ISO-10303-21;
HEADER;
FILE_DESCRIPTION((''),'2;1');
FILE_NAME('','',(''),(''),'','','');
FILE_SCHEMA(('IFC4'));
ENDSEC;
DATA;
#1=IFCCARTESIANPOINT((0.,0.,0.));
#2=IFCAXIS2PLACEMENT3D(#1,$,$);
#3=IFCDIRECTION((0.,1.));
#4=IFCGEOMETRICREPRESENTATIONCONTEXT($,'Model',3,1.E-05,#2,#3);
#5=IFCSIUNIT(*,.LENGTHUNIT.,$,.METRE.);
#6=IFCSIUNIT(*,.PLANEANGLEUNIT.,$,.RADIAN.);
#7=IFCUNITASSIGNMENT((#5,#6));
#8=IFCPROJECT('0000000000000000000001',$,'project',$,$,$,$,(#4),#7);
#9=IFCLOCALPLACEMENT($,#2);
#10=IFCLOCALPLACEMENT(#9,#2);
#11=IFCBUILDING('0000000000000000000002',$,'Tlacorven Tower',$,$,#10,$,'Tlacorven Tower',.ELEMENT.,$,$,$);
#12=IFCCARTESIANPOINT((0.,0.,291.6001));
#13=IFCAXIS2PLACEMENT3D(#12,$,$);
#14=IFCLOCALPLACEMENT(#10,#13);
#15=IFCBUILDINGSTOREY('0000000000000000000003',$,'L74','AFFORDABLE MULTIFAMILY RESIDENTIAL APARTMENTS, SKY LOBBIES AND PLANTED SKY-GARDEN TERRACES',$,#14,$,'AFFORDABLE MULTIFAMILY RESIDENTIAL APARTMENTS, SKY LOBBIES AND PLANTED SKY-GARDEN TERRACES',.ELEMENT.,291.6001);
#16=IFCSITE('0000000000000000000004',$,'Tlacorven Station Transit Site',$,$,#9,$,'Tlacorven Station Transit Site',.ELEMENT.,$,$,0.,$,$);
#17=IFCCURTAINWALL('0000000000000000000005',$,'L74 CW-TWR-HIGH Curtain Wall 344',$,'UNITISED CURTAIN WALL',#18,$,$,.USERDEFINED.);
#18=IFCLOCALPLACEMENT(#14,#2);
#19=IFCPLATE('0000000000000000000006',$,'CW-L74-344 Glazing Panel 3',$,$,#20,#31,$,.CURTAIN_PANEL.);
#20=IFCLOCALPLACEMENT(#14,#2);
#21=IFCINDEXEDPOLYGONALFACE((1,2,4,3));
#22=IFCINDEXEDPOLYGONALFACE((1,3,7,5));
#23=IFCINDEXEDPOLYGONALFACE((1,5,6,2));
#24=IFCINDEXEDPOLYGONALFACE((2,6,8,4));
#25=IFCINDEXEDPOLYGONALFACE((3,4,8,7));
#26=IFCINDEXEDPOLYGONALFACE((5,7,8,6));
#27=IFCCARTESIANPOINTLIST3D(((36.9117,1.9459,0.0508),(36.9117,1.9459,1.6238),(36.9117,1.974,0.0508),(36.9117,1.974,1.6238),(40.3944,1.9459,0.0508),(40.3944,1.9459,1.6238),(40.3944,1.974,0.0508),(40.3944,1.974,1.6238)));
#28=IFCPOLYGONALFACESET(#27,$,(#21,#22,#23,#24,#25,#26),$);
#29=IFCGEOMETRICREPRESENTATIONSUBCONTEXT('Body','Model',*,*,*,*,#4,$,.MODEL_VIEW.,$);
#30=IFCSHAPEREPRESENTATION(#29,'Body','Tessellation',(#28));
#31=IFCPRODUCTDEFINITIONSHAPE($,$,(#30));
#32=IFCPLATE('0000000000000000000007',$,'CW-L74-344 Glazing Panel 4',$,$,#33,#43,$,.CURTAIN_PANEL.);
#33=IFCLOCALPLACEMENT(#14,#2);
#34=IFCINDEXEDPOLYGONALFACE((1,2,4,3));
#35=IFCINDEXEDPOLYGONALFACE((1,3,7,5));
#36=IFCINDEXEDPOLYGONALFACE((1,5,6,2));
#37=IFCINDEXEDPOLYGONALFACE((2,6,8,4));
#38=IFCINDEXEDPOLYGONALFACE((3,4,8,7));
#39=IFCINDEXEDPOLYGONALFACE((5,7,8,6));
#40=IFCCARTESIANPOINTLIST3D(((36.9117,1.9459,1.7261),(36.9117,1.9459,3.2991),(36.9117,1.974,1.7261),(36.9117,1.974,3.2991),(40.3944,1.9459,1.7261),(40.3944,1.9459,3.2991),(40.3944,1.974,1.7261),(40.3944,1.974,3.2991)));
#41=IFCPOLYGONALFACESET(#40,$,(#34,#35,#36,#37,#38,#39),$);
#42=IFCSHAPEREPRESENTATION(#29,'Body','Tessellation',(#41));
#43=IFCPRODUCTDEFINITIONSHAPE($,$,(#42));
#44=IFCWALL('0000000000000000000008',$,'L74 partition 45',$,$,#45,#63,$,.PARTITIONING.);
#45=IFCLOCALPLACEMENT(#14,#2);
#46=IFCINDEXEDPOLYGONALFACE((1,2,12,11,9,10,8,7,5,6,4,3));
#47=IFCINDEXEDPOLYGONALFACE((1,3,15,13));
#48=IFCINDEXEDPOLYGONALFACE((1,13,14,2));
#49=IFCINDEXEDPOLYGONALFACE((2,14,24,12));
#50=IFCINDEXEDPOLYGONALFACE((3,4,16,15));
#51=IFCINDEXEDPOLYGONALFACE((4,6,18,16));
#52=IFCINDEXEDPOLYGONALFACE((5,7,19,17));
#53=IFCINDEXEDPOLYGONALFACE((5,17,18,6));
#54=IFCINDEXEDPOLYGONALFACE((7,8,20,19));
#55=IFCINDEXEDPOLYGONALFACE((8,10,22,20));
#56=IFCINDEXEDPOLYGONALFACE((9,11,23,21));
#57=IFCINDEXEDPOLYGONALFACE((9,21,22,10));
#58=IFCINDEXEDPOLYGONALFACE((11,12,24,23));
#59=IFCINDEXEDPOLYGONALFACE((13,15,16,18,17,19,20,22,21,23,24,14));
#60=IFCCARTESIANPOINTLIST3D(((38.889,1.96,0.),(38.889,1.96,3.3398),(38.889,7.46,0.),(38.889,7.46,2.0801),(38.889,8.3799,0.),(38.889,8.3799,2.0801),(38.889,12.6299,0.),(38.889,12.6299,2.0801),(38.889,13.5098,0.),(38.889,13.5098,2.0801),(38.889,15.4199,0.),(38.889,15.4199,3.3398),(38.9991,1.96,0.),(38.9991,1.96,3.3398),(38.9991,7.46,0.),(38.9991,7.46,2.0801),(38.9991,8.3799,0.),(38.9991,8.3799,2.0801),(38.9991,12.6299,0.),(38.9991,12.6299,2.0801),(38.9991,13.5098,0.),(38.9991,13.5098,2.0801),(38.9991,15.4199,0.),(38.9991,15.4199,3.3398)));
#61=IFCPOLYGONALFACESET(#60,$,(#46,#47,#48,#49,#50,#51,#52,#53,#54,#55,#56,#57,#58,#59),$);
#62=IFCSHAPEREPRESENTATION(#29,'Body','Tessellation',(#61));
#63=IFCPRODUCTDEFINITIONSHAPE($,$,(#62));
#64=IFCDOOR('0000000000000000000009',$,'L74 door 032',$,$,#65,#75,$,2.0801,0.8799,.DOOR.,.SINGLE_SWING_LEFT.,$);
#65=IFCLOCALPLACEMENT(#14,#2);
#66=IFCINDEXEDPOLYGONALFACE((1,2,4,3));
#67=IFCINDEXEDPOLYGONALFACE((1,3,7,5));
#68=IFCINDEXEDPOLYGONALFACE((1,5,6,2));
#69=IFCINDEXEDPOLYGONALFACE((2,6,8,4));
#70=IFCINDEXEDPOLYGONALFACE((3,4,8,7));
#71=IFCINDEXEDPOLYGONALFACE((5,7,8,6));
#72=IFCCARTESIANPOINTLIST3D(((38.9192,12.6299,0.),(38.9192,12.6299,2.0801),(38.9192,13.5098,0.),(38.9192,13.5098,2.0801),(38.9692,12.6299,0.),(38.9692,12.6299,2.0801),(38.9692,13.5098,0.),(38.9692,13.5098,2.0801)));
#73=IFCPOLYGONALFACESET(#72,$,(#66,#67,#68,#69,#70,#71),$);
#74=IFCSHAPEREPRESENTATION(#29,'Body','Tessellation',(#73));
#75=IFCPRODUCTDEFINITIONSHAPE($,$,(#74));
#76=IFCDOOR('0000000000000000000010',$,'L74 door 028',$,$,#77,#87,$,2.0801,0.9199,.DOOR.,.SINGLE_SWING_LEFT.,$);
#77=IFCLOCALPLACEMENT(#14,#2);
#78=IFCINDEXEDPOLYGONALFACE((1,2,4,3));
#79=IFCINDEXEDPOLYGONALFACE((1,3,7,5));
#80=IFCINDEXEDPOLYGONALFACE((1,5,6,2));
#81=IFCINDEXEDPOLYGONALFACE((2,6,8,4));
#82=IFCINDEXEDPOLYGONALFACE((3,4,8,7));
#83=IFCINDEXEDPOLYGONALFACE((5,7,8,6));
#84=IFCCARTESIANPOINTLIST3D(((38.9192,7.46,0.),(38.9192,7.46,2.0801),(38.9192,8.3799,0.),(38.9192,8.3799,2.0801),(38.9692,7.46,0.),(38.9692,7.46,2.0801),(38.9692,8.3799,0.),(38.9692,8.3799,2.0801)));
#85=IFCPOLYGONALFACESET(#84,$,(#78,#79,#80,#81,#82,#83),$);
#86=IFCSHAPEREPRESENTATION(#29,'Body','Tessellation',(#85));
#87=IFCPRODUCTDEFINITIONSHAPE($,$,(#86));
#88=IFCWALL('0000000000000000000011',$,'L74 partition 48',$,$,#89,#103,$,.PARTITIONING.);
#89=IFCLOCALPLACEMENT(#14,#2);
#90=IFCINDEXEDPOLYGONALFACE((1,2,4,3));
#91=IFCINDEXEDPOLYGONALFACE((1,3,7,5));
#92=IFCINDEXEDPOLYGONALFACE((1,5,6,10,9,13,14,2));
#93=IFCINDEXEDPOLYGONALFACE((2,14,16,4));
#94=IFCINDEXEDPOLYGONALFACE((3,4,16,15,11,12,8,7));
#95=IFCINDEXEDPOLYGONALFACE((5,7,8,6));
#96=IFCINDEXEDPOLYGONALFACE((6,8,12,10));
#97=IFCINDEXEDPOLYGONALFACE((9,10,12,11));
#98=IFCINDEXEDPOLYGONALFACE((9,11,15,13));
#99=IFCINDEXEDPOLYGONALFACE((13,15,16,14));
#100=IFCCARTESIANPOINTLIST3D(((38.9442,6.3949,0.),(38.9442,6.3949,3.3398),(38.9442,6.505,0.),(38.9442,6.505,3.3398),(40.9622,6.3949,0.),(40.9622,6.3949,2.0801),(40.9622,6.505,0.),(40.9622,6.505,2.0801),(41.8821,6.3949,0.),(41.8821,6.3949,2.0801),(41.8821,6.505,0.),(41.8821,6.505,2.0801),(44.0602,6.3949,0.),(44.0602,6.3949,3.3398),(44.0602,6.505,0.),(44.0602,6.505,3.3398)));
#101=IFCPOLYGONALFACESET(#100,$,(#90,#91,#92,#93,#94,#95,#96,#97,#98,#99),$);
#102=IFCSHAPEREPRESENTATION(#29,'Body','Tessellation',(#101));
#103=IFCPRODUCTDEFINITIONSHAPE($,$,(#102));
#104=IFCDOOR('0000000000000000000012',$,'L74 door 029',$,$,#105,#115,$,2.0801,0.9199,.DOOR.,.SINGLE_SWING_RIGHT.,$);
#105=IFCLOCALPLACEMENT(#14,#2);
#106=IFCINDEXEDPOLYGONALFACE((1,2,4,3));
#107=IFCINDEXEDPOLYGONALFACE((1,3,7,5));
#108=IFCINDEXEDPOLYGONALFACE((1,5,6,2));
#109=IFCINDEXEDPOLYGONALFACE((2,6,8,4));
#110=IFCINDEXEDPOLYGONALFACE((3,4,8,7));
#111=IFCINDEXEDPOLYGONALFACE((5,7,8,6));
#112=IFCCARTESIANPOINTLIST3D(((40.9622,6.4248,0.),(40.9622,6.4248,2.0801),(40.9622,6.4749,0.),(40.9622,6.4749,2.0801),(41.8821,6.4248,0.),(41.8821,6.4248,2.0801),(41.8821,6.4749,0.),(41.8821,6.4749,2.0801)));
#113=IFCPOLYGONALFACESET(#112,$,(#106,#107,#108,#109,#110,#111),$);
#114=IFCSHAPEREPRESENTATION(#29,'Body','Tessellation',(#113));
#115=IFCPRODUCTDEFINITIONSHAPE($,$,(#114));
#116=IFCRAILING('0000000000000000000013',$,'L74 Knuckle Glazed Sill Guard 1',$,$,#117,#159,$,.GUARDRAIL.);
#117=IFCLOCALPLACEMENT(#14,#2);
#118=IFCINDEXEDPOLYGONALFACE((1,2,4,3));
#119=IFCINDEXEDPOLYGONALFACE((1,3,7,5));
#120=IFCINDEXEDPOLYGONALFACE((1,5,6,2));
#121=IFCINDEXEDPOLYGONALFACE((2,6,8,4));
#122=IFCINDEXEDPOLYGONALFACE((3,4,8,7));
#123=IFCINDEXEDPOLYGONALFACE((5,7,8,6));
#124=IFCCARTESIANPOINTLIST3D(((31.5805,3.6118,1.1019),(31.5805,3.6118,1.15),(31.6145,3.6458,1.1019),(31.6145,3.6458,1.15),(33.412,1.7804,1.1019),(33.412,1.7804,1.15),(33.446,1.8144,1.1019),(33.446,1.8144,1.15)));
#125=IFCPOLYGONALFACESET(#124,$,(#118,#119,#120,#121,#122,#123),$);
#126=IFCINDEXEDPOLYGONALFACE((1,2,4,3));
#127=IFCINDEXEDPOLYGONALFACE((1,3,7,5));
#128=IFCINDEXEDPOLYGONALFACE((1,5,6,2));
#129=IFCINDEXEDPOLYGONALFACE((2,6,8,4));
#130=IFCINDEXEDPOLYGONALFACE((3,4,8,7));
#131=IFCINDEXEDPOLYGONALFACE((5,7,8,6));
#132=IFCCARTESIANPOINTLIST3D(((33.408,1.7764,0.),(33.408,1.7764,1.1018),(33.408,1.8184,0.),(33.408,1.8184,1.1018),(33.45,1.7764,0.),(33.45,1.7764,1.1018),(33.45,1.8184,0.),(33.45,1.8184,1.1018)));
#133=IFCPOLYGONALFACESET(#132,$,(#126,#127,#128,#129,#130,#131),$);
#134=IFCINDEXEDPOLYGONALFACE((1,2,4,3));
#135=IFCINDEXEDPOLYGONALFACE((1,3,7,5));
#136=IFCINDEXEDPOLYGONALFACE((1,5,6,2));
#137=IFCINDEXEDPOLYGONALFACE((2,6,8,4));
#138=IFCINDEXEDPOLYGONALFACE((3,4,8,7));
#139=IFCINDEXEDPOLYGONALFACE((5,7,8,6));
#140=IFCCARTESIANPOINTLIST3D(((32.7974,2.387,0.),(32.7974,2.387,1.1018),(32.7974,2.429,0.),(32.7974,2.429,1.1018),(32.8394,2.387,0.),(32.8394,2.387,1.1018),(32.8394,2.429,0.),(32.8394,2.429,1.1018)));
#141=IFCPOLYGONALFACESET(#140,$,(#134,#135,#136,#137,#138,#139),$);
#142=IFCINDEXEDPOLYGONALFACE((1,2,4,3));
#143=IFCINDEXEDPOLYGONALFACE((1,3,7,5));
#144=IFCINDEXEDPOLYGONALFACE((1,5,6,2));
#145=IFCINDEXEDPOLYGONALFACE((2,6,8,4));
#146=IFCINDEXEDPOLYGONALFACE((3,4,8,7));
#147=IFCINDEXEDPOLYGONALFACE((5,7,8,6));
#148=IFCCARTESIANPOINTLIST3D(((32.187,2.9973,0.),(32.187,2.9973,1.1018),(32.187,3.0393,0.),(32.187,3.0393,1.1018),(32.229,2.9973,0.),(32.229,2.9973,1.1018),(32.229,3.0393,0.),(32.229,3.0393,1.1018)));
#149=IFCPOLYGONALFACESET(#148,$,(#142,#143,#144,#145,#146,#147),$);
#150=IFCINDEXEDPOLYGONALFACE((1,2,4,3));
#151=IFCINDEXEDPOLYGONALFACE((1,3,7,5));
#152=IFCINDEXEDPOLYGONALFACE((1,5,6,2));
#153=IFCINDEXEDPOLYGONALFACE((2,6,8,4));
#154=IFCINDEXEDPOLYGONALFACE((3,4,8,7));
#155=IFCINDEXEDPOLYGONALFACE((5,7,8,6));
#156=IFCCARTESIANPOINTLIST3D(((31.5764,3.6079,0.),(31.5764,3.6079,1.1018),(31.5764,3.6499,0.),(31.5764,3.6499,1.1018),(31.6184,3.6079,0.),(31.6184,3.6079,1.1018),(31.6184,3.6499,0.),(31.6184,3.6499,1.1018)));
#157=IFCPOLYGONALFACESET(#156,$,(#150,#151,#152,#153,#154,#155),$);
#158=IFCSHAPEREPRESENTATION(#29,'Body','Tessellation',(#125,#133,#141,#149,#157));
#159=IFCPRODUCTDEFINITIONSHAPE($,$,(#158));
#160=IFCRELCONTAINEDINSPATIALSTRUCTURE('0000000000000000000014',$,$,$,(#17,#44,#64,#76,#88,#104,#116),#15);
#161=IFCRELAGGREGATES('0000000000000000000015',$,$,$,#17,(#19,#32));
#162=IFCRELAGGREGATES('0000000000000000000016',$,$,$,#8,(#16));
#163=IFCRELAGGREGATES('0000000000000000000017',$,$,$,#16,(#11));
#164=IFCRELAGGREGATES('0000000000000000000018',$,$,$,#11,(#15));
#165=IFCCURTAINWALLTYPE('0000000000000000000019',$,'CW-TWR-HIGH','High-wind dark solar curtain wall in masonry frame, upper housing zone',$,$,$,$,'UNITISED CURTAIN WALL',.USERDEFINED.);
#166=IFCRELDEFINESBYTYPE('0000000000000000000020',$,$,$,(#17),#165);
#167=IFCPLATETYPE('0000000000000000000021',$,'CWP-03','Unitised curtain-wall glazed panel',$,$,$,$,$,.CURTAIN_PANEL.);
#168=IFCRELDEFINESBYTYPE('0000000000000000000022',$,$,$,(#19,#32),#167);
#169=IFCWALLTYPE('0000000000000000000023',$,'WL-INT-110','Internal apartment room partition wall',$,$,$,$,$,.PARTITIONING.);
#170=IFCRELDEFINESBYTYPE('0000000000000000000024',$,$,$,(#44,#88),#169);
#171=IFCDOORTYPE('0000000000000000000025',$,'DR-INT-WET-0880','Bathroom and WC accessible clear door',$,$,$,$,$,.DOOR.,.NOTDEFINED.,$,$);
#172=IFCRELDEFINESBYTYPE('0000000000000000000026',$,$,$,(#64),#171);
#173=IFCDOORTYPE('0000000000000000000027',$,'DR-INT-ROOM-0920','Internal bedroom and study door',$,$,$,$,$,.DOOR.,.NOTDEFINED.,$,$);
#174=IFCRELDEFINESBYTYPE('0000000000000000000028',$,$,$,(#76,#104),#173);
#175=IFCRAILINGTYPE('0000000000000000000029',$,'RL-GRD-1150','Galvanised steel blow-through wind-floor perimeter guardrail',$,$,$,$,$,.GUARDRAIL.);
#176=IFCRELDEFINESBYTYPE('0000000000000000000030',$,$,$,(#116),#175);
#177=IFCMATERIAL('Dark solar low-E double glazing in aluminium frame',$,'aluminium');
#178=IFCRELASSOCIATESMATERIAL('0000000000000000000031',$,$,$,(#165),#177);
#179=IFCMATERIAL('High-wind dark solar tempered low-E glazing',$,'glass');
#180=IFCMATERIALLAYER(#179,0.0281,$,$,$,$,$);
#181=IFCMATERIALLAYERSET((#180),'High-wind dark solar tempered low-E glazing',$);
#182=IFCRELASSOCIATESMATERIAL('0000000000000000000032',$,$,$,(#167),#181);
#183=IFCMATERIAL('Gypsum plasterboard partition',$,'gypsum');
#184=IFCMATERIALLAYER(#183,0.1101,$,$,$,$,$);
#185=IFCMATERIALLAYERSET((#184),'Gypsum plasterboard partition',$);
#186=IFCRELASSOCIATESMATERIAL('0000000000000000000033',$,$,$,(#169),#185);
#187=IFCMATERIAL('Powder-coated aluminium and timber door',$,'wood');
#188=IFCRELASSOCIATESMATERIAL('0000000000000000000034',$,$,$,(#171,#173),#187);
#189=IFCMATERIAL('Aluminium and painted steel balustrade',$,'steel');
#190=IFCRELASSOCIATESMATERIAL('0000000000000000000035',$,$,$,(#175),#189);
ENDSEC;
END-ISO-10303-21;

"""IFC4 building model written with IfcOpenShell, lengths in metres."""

from ifc_helpers import new_model, si_unit, direction, frame, frame_2d, origin, origin_2d, place, context, subcontext, project, spatial, rectangle, extrude, source, transform, mapped, material, layer, layer_set, type_object, element, fill, aggregate, save


model = new_model("IFC4")

# Units and contexts
model_context = context("Model", 3, precision=1e-05, world=origin(), true_north=direction((0.0, 1.0)))
body_context = subcontext(model_context, "Body", "Model", "MODEL_VIEW")
ifc_project = project(units=[si_unit("LENGTHUNIT", "METRE"), si_unit("PLANEANGLEUNIT", "RADIAN")], contexts=[model_context])

# Site, building, storey
site_placement = place(None, origin())
site = spatial("IfcSite", under=ifc_project, at=site_placement, Name="Tlacorven Station Transit Site", LongName="Tlacorven Station Transit Site", CompositionType="ELEMENT", RefElevation=0.0)
building_placement = place(site_placement, origin())
building = spatial("IfcBuilding", under=site, at=building_placement, Name="Tlacorven Tower", LongName="Tlacorven Tower", CompositionType="ELEMENT")
storey_placement = place(building_placement, frame((0.0, 0.0, 291.6001)))
storey = spatial("IfcBuildingStorey", under=building, at=storey_placement, Name="L74", Description="AFFORDABLE MULTIFAMILY RESIDENTIAL APARTMENTS, SKY LOBBIES AND PLANTED SKY-GARDEN TERRACES", LongName="AFFORDABLE MULTIFAMILY RESIDENTIAL APARTMENTS, SKY LOBBIES AND PLANTED SKY-GARDEN TERRACES", CompositionType="ELEMENT", Elevation=291.6001)

# Curtain wall
ifc_material_1 = material(Name="Dark solar low-E double glazing in aluminium frame", Category="aluminium")
curtain_wall_type = type_object("IfcCurtainWallType", Name="CW-TWR-HIGH", Description="High-wind dark solar curtain wall in masonry frame, upper housing zone", ElementType="UNITISED CURTAIN WALL", PredefinedType="USERDEFINED", material=ifc_material_1)
curtain_wall_1_placement = place(storey_placement, origin())
curtain_wall_1 = element("IfcCurtainWall", 1, at=curtain_wall_1_placement, inside=storey, type_object=curtain_wall_type, Name="L74 CW-TWR-HIGH Curtain Wall 344", ObjectType="UNITISED CURTAIN WALL", PredefinedType="USERDEFINED")

# Plates
ifc_material_2 = material(Name="High-wind dark solar tempered low-E glazing", Category="glass")
ifc_layer_1 = layer(ifc_material_2, 0.0281)
ifc_layer_set_1 = layer_set([ifc_layer_1], Name="High-wind dark solar tempered low-E glazing")
plate_type = type_object("IfcPlateType", Name="CWP-03", Description="Unitised curtain-wall glazed panel", PredefinedType="CURTAIN_PANEL", material=ifc_layer_set_1)
shared_shape_1 = source(origin(), body_context, "Body", "SweptSolid", [
    extrude(rectangle(XDim=3.4827, YDim=0.0281, at=origin_2d()), origin(), (0.0, 0.0, 1.0), 1.573),
])
plate_1_placement = place(storey_placement, frame((38.6531, 1.96, 0.0508), z_axis=(0.0, 0.0, 1.0), x_axis=(-1.0, 0.0, 0.0)))
plate_1 = element("IfcPlate", 2, at=plate_1_placement, type_object=plate_type, Name="CW-L74-344 Glazing Panel 3", PredefinedType="CURTAIN_PANEL", context=body_context, shape_type="MappedRepresentation", body=[
    mapped(shared_shape_1, transform((0.0, 0.0, 0.0), scale=1.0)),
])
plate_2_placement = place(storey_placement, frame((38.6531, 1.96, 1.7261), z_axis=(0.0, 0.0, 1.0), x_axis=(-1.0, 0.0, 0.0)))
plate_2 = element("IfcPlate", 3, at=plate_2_placement, type_object=plate_type, Name="CW-L74-344 Glazing Panel 4", PredefinedType="CURTAIN_PANEL", context=body_context, shape_type="MappedRepresentation", body=[
    mapped(shared_shape_1, transform((0.0, 0.0, 0.0), scale=1.0)),
])
aggregate(curtain_wall_1, [plate_1, plate_2])

# Wall, openings, doors
ifc_material_3 = material(Name="Gypsum plasterboard partition", Category="gypsum")
ifc_layer_2 = layer(ifc_material_3, 0.1101)
ifc_layer_set_2 = layer_set([ifc_layer_2], Name="Gypsum plasterboard partition")
wall_type = type_object("IfcWallType", Name="WL-INT-110", Description="Internal apartment room partition wall", PredefinedType="PARTITIONING", material=ifc_layer_set_2)
wall_1_placement = place(storey_placement, frame((38.9441, 1.96, 0.0), z_axis=(0.0, 0.0, 1.0), x_axis=(0.0, 1.0, 0.0)))
wall_1 = element("IfcWall", 4, at=wall_1_placement, inside=storey, type_object=wall_type, Name="L74 partition 45", PredefinedType="PARTITIONING", context=body_context, shape_type="SweptSolid", body=[
    extrude(rectangle(XDim=13.46, YDim=0.1101, at=frame_2d((6.73, 0.0))), origin(), (0.0, 0.0, 1.0), 3.3398),
])
opening_1_placement = place(wall_1_placement, frame((5.5, 0.0, 0.0)))
opening_1 = element("IfcOpeningElement", 5, at=opening_1_placement, cuts=wall_1, PredefinedType="OPENING", context=body_context, shape_type="SweptSolid", body=[
    extrude(rectangle(XDim=0.9199, YDim=2.0801, at=frame_2d((0.46, 1.04))), frame((0.0, 0.0649, 0.0), z_axis=(0.0, -1.0, 0.0), x_axis=(1.0, 0.0, 0.0)), (0.0, 0.0, 1.0), 0.1301),
])
opening_2_placement = place(wall_1_placement, frame((10.6699, 0.0, 0.0)))
opening_2 = element("IfcOpeningElement", 6, at=opening_2_placement, cuts=wall_1, PredefinedType="OPENING", context=body_context, shape_type="SweptSolid", body=[
    extrude(rectangle(XDim=0.8799, YDim=2.0801, at=frame_2d((0.4399, 1.04))), frame((0.0, 0.0649, 0.0), z_axis=(0.0, -1.0, 0.0), x_axis=(1.0, 0.0, 0.0)), (0.0, 0.0, 1.0), 0.1301),
])
ifc_material_4 = material(Name="Powder-coated aluminium and timber door", Category="wood")
door_type_1 = type_object("IfcDoorType", Name="DR-INT-WET-0880", Description="Bathroom and WC accessible clear door", OperationType="NOTDEFINED", PredefinedType="DOOR", material=ifc_material_4)
shared_shape_2 = source(origin(), body_context, "Body", "SweptSolid", [
    extrude(rectangle(XDim=0.8799, YDim=2.0801, at=frame_2d((0.4399, 1.04))), frame((0.0, 0.0249, 0.0), z_axis=(0.0, -1.0, 0.0), x_axis=(1.0, 0.0, 0.0)), (0.0, 0.0, 1.0), 0.05),
])
door_1_placement = place(opening_2_placement, origin())
door_1 = element("IfcDoor", 7, at=door_1_placement, inside=storey, type_object=door_type_1, Name="L74 door 032", OperationType="SINGLE_SWING_LEFT", OverallHeight=2.0801, OverallWidth=0.8799, PredefinedType="DOOR", context=body_context, shape_type="MappedRepresentation", body=[
    mapped(shared_shape_2, transform((0.0, 0.0, 0.0), scale=1.0)),
])
fill(opening_2, door_1)
door_type_2 = type_object("IfcDoorType", Name="DR-INT-ROOM-0920", Description="Internal bedroom and study door", OperationType="NOTDEFINED", PredefinedType="DOOR", material=ifc_material_4)
shared_shape_3 = source(origin(), body_context, "Body", "SweptSolid", [
    extrude(rectangle(XDim=0.9199, YDim=2.0801, at=frame_2d((0.46, 1.04))), frame((0.0, 0.0249, 0.0), z_axis=(0.0, -1.0, 0.0), x_axis=(1.0, 0.0, 0.0)), (0.0, 0.0, 1.0), 0.05),
])
door_2_placement = place(opening_1_placement, origin())
door_2 = element("IfcDoor", 8, at=door_2_placement, inside=storey, type_object=door_type_2, Name="L74 door 028", OperationType="SINGLE_SWING_LEFT", OverallHeight=2.0801, OverallWidth=0.9199, PredefinedType="DOOR", context=body_context, shape_type="MappedRepresentation", body=[
    mapped(shared_shape_3, transform((0.0, 0.0, 0.0), scale=1.0)),
])
fill(opening_1, door_2)

# Wall, opening, door
wall_2_placement = place(storey_placement, frame((38.9441, 6.45, 0.0), z_axis=(0.0, 0.0, 1.0), x_axis=(1.0, 0.0, 0.0)))
wall_2 = element("IfcWall", 9, at=wall_2_placement, inside=storey, type_object=wall_type, Name="L74 partition 48", PredefinedType="PARTITIONING", context=body_context, shape_type="SweptSolid", body=[
    extrude(rectangle(XDim=5.116, YDim=0.1101, at=frame_2d((2.5581, 0.0))), origin(), (0.0, 0.0, 1.0), 3.3398),
])
opening_3_placement = place(wall_2_placement, frame((2.0181, 0.0, 0.0)))
opening_3 = element("IfcOpeningElement", 10, at=opening_3_placement, cuts=wall_2, PredefinedType="OPENING", context=body_context, shape_type="SweptSolid", body=[
    extrude(rectangle(XDim=0.9199, YDim=2.0801, at=frame_2d((0.46, 1.04))), frame((0.0, 0.0649, 0.0), z_axis=(0.0, -1.0, 0.0), x_axis=(1.0, 0.0, 0.0)), (0.0, 0.0, 1.0), 0.1301),
])
door_3_placement = place(opening_3_placement, origin())
door_3 = element("IfcDoor", 11, at=door_3_placement, inside=storey, type_object=door_type_2, Name="L74 door 029", OperationType="SINGLE_SWING_RIGHT", OverallHeight=2.0801, OverallWidth=0.9199, PredefinedType="DOOR", context=body_context, shape_type="MappedRepresentation", body=[
    mapped(shared_shape_3, transform((0.0, 0.0, 0.0), scale=1.0)),
])
fill(opening_3, door_3)

# Railing
ifc_material_5 = material(Name="Aluminium and painted steel balustrade", Category="steel")
railing_type = type_object("IfcRailingType", Name="RL-GRD-1150", Description="Galvanised steel blow-through wind-floor perimeter guardrail", PredefinedType="GUARDRAIL", material=ifc_material_5)
shared_shape_4 = source(origin(), body_context, "Body", "SweptSolid", [
    extrude(rectangle(XDim=0.0481, YDim=0.0481, at=origin_2d()), frame((0.0, 0.0, 1.126), z_axis=(-0.707107, 0.707107, 0.0), x_axis=(-0.707107, -0.707107, 0.0)), (0.0, 0.0, 1.0), 2.5901),
    extrude(rectangle(XDim=0.042, YDim=0.042, at=origin_2d()), origin(), (0.0, 0.0, 1.0), 1.1018),
    extrude(rectangle(XDim=0.042, YDim=0.042, at=origin_2d()), frame((-0.6106, 0.6106, 0.0)), (0.0, 0.0, 1.0), 1.1018),
    extrude(rectangle(XDim=0.042, YDim=0.042, at=origin_2d()), frame((-1.2209, 1.2209, 0.0)), (0.0, 0.0, 1.0), 1.1018),
    extrude(rectangle(XDim=0.042, YDim=0.042, at=origin_2d()), frame((-1.8315, 1.8315, 0.0)), (0.0, 0.0, 1.0), 1.1018),
])
railing_placement = place(storey_placement, frame((33.429, 1.7974, 0.0)))
element("IfcRailing", 12, at=railing_placement, inside=storey, type_object=railing_type, Name="L74 Knuckle Glazed Sill Guard 1", PredefinedType="GUARDRAIL", context=body_context, shape_type="MappedRepresentation", body=[
    mapped(shared_shape_4, transform((0.0, 0.0, 0.0), scale=1.0)),
])

save(model, "model.ifc")
